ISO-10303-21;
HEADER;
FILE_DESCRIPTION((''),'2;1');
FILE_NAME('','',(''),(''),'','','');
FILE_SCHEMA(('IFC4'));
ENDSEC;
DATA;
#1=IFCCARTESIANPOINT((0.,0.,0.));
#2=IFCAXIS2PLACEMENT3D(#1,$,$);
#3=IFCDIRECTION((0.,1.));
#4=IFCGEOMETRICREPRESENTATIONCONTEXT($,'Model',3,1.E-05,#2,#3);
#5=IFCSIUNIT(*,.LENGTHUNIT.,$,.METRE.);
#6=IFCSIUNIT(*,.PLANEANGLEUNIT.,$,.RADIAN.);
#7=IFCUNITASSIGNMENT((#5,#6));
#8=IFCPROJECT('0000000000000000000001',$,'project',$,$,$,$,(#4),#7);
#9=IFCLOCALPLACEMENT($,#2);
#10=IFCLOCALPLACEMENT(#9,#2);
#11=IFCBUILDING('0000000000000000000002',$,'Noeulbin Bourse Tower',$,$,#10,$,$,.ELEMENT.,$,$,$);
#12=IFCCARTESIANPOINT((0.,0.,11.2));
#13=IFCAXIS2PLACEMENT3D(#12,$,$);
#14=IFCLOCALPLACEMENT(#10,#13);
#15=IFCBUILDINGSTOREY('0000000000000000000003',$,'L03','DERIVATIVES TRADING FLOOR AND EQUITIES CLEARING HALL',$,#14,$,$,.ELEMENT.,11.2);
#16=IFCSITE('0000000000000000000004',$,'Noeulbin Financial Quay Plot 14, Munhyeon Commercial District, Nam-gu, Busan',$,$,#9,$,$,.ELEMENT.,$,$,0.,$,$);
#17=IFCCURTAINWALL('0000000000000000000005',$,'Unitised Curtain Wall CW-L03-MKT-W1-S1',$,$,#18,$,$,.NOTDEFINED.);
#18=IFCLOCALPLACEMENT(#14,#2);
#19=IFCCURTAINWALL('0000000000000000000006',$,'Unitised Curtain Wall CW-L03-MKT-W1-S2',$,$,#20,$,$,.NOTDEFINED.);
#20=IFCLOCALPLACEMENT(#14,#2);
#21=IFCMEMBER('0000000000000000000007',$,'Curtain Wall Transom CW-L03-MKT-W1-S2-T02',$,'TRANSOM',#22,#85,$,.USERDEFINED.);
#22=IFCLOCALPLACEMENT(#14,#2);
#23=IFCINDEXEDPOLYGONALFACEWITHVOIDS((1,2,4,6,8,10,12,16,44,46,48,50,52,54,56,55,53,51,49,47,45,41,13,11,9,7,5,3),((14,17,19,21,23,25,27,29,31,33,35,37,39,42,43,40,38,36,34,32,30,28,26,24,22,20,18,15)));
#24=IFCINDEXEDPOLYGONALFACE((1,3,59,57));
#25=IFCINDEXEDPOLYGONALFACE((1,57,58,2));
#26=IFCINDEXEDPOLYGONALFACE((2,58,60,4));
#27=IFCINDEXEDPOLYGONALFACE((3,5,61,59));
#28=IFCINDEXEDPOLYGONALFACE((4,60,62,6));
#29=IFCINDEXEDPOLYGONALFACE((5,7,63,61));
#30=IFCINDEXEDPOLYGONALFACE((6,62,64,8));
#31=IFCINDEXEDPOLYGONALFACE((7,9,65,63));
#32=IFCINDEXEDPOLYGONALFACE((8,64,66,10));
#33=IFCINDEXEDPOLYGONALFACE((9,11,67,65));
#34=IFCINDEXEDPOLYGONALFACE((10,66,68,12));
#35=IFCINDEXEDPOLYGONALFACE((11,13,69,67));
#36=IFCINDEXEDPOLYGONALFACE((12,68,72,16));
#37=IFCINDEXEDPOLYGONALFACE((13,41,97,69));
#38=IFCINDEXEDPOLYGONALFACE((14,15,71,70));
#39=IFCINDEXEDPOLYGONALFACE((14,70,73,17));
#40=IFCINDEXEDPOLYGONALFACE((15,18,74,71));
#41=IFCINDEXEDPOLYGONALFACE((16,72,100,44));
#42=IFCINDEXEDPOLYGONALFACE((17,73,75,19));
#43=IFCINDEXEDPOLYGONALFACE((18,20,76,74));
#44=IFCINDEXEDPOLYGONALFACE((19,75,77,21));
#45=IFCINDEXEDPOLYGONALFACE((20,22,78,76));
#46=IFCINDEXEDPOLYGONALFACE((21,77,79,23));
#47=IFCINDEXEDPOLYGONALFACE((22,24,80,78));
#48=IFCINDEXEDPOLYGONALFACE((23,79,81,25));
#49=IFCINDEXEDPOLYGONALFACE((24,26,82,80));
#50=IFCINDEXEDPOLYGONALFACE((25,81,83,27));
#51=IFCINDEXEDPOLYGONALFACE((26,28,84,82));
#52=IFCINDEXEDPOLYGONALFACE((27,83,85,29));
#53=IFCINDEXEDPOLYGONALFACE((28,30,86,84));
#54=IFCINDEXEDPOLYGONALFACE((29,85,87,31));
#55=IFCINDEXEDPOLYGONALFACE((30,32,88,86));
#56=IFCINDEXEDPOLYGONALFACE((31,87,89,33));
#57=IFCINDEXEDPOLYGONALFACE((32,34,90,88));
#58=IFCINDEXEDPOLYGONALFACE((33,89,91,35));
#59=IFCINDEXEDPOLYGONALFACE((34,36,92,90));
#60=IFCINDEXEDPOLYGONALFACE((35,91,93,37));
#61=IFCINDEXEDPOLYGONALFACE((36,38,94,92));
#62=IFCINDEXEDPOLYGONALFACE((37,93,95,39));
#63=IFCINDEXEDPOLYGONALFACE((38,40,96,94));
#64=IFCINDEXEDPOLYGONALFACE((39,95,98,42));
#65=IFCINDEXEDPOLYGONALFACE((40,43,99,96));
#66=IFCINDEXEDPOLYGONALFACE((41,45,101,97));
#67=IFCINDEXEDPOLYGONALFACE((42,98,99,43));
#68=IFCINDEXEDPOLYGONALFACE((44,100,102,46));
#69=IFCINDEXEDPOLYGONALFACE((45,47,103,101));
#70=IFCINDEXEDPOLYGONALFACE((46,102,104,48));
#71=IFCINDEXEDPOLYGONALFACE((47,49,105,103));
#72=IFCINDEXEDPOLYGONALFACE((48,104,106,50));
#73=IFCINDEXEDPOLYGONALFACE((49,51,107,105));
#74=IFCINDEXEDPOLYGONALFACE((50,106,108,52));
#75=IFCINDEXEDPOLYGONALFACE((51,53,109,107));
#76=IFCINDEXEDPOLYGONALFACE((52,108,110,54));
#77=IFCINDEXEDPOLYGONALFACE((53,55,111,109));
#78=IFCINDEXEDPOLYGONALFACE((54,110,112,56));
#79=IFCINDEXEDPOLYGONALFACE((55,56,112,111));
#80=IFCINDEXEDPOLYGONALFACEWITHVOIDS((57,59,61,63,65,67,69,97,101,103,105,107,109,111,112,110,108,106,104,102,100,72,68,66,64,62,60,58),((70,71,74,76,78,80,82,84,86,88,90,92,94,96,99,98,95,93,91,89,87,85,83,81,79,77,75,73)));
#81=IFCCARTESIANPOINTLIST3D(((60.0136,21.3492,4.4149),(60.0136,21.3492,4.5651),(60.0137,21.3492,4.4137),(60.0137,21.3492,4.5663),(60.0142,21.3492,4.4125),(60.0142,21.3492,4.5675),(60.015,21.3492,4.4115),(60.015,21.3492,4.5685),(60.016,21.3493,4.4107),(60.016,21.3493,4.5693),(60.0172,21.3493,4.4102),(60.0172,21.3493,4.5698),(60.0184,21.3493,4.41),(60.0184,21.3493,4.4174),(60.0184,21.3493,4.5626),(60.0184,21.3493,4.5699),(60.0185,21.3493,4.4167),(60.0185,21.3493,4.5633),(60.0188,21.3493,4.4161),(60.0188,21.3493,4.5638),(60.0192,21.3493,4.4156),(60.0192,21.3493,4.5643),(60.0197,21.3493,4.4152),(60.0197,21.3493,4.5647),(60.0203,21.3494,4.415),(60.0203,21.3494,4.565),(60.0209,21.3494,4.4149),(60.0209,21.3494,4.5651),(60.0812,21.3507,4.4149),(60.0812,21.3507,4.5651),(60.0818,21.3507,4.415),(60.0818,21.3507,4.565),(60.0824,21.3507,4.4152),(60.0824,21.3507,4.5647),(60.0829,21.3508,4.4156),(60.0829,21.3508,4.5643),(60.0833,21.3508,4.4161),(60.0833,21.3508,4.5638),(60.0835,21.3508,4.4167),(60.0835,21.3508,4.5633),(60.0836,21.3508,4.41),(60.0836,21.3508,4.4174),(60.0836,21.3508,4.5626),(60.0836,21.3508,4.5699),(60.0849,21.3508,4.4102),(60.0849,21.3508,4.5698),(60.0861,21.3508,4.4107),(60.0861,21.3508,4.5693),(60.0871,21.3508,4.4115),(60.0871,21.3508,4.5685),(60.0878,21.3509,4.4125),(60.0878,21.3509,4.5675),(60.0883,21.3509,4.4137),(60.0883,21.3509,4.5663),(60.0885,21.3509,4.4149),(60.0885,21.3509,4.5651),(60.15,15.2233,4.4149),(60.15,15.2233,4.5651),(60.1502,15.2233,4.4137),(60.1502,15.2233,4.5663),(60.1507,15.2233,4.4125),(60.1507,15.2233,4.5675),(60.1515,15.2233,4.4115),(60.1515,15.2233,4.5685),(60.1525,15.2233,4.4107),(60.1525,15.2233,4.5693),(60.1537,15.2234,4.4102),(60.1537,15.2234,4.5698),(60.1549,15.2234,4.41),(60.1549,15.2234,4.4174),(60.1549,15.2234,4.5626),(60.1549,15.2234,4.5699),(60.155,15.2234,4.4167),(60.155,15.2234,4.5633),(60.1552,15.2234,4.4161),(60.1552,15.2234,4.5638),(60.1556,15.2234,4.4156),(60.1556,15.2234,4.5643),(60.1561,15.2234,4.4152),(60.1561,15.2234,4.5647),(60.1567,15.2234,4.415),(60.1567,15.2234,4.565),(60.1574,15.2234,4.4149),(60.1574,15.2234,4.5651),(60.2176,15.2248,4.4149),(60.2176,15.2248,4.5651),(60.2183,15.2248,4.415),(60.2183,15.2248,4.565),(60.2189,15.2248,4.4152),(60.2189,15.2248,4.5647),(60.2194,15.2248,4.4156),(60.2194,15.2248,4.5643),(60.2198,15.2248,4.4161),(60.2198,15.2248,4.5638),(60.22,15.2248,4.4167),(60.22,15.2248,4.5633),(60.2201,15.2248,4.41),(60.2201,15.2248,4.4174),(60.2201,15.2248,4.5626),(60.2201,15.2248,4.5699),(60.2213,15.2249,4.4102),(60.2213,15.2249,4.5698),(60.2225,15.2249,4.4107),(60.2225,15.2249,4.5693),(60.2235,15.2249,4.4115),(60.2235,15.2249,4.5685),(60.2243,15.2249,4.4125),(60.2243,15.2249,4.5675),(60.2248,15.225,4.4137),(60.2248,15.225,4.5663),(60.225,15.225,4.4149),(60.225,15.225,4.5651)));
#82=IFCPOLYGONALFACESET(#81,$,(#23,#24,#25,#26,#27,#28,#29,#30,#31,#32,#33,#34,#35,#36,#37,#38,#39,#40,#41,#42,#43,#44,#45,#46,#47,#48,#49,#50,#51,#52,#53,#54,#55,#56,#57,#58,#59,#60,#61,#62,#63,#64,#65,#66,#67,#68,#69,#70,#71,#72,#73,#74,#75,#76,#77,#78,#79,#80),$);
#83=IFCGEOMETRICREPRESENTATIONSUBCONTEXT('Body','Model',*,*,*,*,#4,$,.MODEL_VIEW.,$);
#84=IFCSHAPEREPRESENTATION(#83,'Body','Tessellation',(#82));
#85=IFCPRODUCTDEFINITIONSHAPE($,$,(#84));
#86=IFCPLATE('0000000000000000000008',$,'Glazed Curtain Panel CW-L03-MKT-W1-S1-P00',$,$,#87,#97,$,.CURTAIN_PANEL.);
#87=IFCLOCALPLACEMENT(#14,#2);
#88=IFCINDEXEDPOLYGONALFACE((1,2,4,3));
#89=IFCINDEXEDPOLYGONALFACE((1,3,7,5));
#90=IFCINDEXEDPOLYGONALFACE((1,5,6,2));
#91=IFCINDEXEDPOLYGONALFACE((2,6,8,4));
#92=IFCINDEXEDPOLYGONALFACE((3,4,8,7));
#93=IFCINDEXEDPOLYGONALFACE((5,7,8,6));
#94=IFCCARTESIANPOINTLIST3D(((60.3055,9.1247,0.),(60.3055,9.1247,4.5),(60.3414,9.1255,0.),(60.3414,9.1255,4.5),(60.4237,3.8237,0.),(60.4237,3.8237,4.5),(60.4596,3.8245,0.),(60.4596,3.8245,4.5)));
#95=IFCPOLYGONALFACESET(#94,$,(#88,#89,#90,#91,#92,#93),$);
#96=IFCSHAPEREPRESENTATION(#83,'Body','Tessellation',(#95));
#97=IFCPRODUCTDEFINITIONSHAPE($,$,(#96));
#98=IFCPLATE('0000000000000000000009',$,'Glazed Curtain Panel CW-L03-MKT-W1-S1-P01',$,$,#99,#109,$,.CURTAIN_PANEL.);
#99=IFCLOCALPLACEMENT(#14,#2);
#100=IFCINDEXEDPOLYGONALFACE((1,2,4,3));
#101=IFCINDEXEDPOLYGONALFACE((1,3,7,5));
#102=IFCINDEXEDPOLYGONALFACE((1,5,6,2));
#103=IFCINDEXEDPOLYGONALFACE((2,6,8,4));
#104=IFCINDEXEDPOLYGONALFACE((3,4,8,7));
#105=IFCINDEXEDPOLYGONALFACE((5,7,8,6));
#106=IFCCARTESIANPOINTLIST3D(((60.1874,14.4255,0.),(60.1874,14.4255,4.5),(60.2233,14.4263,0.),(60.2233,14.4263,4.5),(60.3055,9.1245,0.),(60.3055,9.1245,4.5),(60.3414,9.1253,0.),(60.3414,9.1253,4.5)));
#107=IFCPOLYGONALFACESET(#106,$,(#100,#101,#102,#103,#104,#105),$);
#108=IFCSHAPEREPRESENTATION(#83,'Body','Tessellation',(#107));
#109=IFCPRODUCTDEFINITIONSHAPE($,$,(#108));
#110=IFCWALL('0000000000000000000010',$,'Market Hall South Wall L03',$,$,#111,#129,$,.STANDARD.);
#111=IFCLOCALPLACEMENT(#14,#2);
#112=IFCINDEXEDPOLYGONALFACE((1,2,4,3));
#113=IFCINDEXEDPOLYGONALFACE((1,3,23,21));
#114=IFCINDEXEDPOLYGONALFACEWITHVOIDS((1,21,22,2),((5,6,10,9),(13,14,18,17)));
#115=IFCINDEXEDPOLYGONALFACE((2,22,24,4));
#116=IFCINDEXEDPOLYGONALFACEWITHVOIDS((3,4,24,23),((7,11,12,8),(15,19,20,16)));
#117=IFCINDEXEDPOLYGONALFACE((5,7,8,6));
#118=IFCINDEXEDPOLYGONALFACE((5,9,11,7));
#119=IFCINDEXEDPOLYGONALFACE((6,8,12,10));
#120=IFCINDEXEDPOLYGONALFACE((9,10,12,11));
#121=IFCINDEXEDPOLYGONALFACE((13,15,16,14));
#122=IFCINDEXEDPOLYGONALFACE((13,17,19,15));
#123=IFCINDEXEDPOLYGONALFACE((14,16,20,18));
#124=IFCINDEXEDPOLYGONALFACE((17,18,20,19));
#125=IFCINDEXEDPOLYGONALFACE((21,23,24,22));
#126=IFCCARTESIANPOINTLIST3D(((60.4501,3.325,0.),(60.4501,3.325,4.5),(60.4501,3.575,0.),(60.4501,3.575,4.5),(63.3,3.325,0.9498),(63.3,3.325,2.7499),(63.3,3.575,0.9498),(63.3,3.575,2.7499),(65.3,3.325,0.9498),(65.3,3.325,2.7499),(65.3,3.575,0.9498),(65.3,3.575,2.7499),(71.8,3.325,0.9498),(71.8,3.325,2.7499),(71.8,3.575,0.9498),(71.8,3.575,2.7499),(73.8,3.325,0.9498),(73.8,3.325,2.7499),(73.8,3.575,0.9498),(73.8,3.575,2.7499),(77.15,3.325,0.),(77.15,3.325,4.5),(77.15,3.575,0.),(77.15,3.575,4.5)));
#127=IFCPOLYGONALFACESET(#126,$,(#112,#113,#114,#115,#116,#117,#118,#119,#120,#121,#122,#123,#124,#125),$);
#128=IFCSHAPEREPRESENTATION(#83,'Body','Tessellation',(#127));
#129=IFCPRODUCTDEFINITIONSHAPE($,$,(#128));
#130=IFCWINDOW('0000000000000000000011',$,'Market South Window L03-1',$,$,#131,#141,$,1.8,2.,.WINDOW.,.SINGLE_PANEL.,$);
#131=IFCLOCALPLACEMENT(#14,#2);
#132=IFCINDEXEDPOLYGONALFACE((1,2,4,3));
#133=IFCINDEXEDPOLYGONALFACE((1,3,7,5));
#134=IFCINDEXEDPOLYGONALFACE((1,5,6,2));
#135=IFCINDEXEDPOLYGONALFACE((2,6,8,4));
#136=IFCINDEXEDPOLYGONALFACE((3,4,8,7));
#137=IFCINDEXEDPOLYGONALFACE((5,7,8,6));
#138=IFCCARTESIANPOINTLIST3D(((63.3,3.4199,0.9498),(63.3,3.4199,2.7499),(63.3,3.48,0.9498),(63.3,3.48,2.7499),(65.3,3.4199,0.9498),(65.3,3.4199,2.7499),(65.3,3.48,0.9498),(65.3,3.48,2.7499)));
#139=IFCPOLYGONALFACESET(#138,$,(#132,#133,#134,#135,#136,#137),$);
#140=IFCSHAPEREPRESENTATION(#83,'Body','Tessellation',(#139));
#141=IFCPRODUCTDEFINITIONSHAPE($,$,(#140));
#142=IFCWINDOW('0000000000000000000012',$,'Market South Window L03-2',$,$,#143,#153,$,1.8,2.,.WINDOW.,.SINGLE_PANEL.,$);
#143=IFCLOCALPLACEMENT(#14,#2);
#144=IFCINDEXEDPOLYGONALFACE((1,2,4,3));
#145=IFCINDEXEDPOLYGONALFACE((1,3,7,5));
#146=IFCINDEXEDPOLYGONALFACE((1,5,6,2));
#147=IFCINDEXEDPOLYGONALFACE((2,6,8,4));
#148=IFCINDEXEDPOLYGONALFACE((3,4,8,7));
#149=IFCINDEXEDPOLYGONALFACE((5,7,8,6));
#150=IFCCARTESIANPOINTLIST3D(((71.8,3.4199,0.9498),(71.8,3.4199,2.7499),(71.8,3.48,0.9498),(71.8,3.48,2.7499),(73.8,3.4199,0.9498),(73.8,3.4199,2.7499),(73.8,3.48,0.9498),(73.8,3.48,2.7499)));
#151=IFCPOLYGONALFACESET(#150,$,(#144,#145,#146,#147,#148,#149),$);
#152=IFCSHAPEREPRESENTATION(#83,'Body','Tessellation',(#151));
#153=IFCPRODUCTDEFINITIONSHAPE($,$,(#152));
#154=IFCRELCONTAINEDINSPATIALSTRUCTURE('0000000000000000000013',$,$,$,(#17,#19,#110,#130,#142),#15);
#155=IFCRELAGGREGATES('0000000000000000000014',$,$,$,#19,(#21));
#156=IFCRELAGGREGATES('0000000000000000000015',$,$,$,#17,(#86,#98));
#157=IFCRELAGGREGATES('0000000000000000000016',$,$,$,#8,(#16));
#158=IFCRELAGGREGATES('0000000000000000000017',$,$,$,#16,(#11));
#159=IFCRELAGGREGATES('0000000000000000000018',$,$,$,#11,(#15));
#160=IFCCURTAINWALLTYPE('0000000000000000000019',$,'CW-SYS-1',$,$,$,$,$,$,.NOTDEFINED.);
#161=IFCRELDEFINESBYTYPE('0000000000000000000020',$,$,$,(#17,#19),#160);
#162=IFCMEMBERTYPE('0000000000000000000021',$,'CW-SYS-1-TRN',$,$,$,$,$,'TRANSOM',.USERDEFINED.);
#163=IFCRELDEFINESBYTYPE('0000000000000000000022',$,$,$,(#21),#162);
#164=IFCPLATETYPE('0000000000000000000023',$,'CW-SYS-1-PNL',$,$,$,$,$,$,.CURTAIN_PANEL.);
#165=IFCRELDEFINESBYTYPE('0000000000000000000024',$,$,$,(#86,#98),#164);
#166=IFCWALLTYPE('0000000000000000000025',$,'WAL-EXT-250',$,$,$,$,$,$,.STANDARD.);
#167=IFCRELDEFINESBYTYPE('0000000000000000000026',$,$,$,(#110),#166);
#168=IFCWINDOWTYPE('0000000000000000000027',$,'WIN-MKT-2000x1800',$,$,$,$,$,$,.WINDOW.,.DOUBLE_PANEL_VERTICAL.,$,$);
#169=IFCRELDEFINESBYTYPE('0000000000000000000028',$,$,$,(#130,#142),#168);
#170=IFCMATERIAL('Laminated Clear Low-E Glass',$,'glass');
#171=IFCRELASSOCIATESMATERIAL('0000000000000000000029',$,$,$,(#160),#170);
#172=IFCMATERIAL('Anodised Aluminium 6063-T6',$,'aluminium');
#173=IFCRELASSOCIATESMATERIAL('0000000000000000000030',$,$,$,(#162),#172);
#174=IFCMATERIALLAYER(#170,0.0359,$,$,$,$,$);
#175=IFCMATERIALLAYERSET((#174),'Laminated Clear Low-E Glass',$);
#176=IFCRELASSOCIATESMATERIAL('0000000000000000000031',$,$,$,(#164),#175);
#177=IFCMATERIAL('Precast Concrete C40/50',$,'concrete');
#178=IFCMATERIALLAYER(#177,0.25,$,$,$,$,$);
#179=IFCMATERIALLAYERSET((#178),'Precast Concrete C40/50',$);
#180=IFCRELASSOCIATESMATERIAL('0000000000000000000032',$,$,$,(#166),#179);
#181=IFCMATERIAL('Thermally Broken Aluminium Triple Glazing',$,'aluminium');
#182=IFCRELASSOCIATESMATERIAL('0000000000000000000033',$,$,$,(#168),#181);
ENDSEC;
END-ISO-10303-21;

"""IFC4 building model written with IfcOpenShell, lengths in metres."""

from ifc_helpers import new_model, si_unit, direction, frame, frame_2d, origin, origin_2d, place, context, subcontext, project, spatial, rectangle, hollow_rectangle, extrude, material, layer, layer_set, material_profile, profile_set, type_object, element, fill, aggregate, save


model = new_model("IFC4")

# Units and contexts
model_context = context("Model", 3, precision=1e-05, world=origin(), true_north=direction((0.0, 1.0)))
body_context = subcontext(model_context, "Body", "Model", "MODEL_VIEW")
ifc_project = project(units=[si_unit("LENGTHUNIT", "METRE"), si_unit("PLANEANGLEUNIT", "RADIAN")], contexts=[model_context])

# Site, building, storey
site_placement = place(None, origin())
site = spatial("IfcSite", under=ifc_project, at=site_placement, Name="Noeulbin Financial Quay Plot 14, Munhyeon Commercial District, Nam-gu, Busan", CompositionType="ELEMENT", RefElevation=0.0)
building_placement = place(site_placement, origin())
building = spatial("IfcBuilding", under=site, at=building_placement, Name="Noeulbin Bourse Tower", CompositionType="ELEMENT")
storey_placement = place(building_placement, frame((0.0, 0.0, 11.2)))
storey = spatial("IfcBuildingStorey", under=building, at=storey_placement, Name="L03", Description="DERIVATIVES TRADING FLOOR AND EQUITIES CLEARING HALL", CompositionType="ELEMENT", Elevation=11.2)

# Curtain wall
ifc_material_1 = material(Name="Laminated Clear Low-E Glass", Category="glass")
curtain_wall_type = type_object("IfcCurtainWallType", Name="CW-SYS-1", PredefinedType="NOTDEFINED", material=ifc_material_1)
curtain_wall_1_placement = place(storey_placement, origin())
curtain_wall_1 = element("IfcCurtainWall", 1, at=curtain_wall_1_placement, inside=storey, type_object=curtain_wall_type, Name="Unitised Curtain Wall CW-L03-MKT-W1-S1", PredefinedType="NOTDEFINED")
ifc_material_2 = material(Name="Anodised Aluminium 6063-T6", Category="aluminium")

# Curtain wall
curtain_wall_2_placement = place(storey_placement, origin())
curtain_wall_2 = element("IfcCurtainWall", 2, at=curtain_wall_2_placement, inside=storey, type_object=curtain_wall_type, Name="Unitised Curtain Wall CW-L03-MKT-W1-S2", PredefinedType="NOTDEFINED")

# Member
ifc_material_profile_1 = material_profile(ifc_material_2, hollow_rectangle(XDim=0.075, YDim=0.1599, WallThickness=0.0049, InnerFilletRadius=0.0024, OuterFilletRadius=0.0049, at=origin_2d()), Name="ALU-TRAN-75x160x5", Category="LoadBearing")
ifc_profile_set_1 = profile_set([ifc_material_profile_1], Name="Anodised Aluminium 6063-T6")
member_type_1 = type_object("IfcMemberType", Name="CW-SYS-1-TRN", ElementType="TRANSOM", PredefinedType="USERDEFINED", material=ifc_profile_set_1)
member_1_placement = place(storey_placement, frame((60.1875, 15.2241, 4.49), z_axis=(-0.022272, 0.999752, 0.0), x_axis=(-0.999752, -0.022272, 0.0)))
member_1 = element("IfcMember", 3, at=member_1_placement, type_object=member_type_1, Name="Curtain Wall Transom CW-L03-MKT-W1-S2-T02", ObjectType="TRANSOM", PredefinedType="USERDEFINED", context=body_context, shape_type="SweptSolid", body=[
    extrude(hollow_rectangle(XDim=0.075, YDim=0.1599, WallThickness=0.0049, InnerFilletRadius=0.0024, OuterFilletRadius=0.0049, at=origin_2d()), origin(), (0.0, 0.0, 1.0), 6.1274),
])
aggregate(curtain_wall_2, [member_1])

# Plates
ifc_layer_1 = layer(ifc_material_1, 0.0359)
ifc_layer_set_1 = layer_set([ifc_layer_1], Name="Laminated Clear Low-E Glass")
plate_type = type_object("IfcPlateType", Name="CW-SYS-1-PNL", PredefinedType="CURTAIN_PANEL", material=ifc_layer_set_1)
plate_1_placement = place(storey_placement, frame((60.3826, 6.4746, 0.0), z_axis=(0.0, 0.0, 1.0), x_axis=(-0.022286, 0.999752, 0.0)))
plate_1 = element("IfcPlate", 4, at=plate_1_placement, type_object=plate_type, Name="Glazed Curtain Panel CW-L03-MKT-W1-S1-P00", PredefinedType="CURTAIN_PANEL", context=body_context, shape_type="SweptSolid", body=[
    extrude(rectangle(XDim=5.3022, YDim=0.0359, at=origin_2d()), origin(), (0.0, 0.0, 1.0), 4.5),
])
plate_2_placement = place(storey_placement, frame((60.2644, 11.7754, 0.0), z_axis=(0.0, 0.0, 1.0), x_axis=(-0.022286, 0.999752, 0.0)))
plate_2 = element("IfcPlate", 5, at=plate_2_placement, type_object=plate_type, Name="Glazed Curtain Panel CW-L03-MKT-W1-S1-P01", PredefinedType="CURTAIN_PANEL", context=body_context, shape_type="SweptSolid", body=[
    extrude(rectangle(XDim=5.3022, YDim=0.0359, at=origin_2d()), origin(), (0.0, 0.0, 1.0), 4.5),
])
aggregate(curtain_wall_1, [plate_1, plate_2])

# Wall, openings, windows
ifc_material_3 = material(Name="Precast Concrete C40/50", Category="concrete")
ifc_layer_2 = layer(ifc_material_3, 0.25)
ifc_layer_set_2 = layer_set([ifc_layer_2], Name="Precast Concrete C40/50")
wall_type = type_object("IfcWallType", Name="WAL-EXT-250", PredefinedType="STANDARD", material=ifc_layer_set_2)
wall_placement = place(storey_placement, frame((60.45, 3.45, 0.0), z_axis=(0.0, 0.0, 1.0), x_axis=(1.0, 0.0, 0.0)))
wall = element("IfcWall", 6, at=wall_placement, inside=storey, type_object=wall_type, Name="Market Hall South Wall L03", PredefinedType="STANDARD", context=body_context, shape_type="SweptSolid", body=[
    extrude(rectangle(XDim=16.7, YDim=0.25, at=frame_2d((8.3501, 0.0))), origin(), (0.0, 0.0, 1.0), 4.5),
])
opening_1_placement = place(wall_placement, frame((2.8501, 0.0, 0.95)))
opening_1 = element("IfcOpeningElement", 7, at=opening_1_placement, cuts=wall, PredefinedType="OPENING", context=body_context, shape_type="SweptSolid", body=[
    extrude(rectangle(XDim=2.0, YDim=1.8, at=frame_2d((1.0, 0.8999))), frame((0.0, 0.135, 0.0), z_axis=(0.0, -1.0, 0.0), x_axis=(1.0, 0.0, 0.0)), (0.0, 0.0, 1.0), 0.27),
])
opening_2_placement = place(wall_placement, frame((11.3501, 0.0, 0.95)))
opening_2 = element("IfcOpeningElement", 8, at=opening_2_placement, cuts=wall, PredefinedType="OPENING", context=body_context, shape_type="SweptSolid", body=[
    extrude(rectangle(XDim=2.0, YDim=1.8, at=frame_2d((1.0, 0.8999))), frame((0.0, 0.135, 0.0), z_axis=(0.0, -1.0, 0.0), x_axis=(1.0, 0.0, 0.0)), (0.0, 0.0, 1.0), 0.27),
])
ifc_material_4 = material(Name="Thermally Broken Aluminium Triple Glazing", Category="aluminium")
window_type = type_object("IfcWindowType", Name="WIN-MKT-2000x1800", PartitioningType="DOUBLE_PANEL_VERTICAL", PredefinedType="WINDOW", material=ifc_material_4)
window_1_placement = place(opening_1_placement, origin())
window_1 = element("IfcWindow", 9, at=window_1_placement, inside=storey, type_object=window_type, Name="Market South Window L03-1", OverallHeight=1.8, OverallWidth=2.0, PartitioningType="SINGLE_PANEL", PredefinedType="WINDOW", context=body_context, shape_type="SweptSolid", body=[
    extrude(rectangle(XDim=2.0, YDim=1.8, at=frame_2d((1.0, 0.8999))), frame((0.0, 0.03, 0.0), z_axis=(0.0, -1.0, 0.0), x_axis=(1.0, 0.0, 0.0)), (0.0, 0.0, 1.0), 0.0601),
])
fill(opening_1, window_1)
window_2_placement = place(opening_2_placement, origin())
window_2 = element("IfcWindow", 10, at=window_2_placement, inside=storey, type_object=window_type, Name="Market South Window L03-2", OverallHeight=1.8, OverallWidth=2.0, PartitioningType="SINGLE_PANEL", PredefinedType="WINDOW", context=body_context, shape_type="SweptSolid", body=[
    extrude(rectangle(XDim=2.0, YDim=1.8, at=frame_2d((1.0, 0.8999))), frame((0.0, 0.03, 0.0), z_axis=(0.0, -1.0, 0.0), x_axis=(1.0, 0.0, 0.0)), (0.0, 0.0, 1.0), 0.0601),
])
fill(opening_2, window_2)

save(model, "model.ifc")
